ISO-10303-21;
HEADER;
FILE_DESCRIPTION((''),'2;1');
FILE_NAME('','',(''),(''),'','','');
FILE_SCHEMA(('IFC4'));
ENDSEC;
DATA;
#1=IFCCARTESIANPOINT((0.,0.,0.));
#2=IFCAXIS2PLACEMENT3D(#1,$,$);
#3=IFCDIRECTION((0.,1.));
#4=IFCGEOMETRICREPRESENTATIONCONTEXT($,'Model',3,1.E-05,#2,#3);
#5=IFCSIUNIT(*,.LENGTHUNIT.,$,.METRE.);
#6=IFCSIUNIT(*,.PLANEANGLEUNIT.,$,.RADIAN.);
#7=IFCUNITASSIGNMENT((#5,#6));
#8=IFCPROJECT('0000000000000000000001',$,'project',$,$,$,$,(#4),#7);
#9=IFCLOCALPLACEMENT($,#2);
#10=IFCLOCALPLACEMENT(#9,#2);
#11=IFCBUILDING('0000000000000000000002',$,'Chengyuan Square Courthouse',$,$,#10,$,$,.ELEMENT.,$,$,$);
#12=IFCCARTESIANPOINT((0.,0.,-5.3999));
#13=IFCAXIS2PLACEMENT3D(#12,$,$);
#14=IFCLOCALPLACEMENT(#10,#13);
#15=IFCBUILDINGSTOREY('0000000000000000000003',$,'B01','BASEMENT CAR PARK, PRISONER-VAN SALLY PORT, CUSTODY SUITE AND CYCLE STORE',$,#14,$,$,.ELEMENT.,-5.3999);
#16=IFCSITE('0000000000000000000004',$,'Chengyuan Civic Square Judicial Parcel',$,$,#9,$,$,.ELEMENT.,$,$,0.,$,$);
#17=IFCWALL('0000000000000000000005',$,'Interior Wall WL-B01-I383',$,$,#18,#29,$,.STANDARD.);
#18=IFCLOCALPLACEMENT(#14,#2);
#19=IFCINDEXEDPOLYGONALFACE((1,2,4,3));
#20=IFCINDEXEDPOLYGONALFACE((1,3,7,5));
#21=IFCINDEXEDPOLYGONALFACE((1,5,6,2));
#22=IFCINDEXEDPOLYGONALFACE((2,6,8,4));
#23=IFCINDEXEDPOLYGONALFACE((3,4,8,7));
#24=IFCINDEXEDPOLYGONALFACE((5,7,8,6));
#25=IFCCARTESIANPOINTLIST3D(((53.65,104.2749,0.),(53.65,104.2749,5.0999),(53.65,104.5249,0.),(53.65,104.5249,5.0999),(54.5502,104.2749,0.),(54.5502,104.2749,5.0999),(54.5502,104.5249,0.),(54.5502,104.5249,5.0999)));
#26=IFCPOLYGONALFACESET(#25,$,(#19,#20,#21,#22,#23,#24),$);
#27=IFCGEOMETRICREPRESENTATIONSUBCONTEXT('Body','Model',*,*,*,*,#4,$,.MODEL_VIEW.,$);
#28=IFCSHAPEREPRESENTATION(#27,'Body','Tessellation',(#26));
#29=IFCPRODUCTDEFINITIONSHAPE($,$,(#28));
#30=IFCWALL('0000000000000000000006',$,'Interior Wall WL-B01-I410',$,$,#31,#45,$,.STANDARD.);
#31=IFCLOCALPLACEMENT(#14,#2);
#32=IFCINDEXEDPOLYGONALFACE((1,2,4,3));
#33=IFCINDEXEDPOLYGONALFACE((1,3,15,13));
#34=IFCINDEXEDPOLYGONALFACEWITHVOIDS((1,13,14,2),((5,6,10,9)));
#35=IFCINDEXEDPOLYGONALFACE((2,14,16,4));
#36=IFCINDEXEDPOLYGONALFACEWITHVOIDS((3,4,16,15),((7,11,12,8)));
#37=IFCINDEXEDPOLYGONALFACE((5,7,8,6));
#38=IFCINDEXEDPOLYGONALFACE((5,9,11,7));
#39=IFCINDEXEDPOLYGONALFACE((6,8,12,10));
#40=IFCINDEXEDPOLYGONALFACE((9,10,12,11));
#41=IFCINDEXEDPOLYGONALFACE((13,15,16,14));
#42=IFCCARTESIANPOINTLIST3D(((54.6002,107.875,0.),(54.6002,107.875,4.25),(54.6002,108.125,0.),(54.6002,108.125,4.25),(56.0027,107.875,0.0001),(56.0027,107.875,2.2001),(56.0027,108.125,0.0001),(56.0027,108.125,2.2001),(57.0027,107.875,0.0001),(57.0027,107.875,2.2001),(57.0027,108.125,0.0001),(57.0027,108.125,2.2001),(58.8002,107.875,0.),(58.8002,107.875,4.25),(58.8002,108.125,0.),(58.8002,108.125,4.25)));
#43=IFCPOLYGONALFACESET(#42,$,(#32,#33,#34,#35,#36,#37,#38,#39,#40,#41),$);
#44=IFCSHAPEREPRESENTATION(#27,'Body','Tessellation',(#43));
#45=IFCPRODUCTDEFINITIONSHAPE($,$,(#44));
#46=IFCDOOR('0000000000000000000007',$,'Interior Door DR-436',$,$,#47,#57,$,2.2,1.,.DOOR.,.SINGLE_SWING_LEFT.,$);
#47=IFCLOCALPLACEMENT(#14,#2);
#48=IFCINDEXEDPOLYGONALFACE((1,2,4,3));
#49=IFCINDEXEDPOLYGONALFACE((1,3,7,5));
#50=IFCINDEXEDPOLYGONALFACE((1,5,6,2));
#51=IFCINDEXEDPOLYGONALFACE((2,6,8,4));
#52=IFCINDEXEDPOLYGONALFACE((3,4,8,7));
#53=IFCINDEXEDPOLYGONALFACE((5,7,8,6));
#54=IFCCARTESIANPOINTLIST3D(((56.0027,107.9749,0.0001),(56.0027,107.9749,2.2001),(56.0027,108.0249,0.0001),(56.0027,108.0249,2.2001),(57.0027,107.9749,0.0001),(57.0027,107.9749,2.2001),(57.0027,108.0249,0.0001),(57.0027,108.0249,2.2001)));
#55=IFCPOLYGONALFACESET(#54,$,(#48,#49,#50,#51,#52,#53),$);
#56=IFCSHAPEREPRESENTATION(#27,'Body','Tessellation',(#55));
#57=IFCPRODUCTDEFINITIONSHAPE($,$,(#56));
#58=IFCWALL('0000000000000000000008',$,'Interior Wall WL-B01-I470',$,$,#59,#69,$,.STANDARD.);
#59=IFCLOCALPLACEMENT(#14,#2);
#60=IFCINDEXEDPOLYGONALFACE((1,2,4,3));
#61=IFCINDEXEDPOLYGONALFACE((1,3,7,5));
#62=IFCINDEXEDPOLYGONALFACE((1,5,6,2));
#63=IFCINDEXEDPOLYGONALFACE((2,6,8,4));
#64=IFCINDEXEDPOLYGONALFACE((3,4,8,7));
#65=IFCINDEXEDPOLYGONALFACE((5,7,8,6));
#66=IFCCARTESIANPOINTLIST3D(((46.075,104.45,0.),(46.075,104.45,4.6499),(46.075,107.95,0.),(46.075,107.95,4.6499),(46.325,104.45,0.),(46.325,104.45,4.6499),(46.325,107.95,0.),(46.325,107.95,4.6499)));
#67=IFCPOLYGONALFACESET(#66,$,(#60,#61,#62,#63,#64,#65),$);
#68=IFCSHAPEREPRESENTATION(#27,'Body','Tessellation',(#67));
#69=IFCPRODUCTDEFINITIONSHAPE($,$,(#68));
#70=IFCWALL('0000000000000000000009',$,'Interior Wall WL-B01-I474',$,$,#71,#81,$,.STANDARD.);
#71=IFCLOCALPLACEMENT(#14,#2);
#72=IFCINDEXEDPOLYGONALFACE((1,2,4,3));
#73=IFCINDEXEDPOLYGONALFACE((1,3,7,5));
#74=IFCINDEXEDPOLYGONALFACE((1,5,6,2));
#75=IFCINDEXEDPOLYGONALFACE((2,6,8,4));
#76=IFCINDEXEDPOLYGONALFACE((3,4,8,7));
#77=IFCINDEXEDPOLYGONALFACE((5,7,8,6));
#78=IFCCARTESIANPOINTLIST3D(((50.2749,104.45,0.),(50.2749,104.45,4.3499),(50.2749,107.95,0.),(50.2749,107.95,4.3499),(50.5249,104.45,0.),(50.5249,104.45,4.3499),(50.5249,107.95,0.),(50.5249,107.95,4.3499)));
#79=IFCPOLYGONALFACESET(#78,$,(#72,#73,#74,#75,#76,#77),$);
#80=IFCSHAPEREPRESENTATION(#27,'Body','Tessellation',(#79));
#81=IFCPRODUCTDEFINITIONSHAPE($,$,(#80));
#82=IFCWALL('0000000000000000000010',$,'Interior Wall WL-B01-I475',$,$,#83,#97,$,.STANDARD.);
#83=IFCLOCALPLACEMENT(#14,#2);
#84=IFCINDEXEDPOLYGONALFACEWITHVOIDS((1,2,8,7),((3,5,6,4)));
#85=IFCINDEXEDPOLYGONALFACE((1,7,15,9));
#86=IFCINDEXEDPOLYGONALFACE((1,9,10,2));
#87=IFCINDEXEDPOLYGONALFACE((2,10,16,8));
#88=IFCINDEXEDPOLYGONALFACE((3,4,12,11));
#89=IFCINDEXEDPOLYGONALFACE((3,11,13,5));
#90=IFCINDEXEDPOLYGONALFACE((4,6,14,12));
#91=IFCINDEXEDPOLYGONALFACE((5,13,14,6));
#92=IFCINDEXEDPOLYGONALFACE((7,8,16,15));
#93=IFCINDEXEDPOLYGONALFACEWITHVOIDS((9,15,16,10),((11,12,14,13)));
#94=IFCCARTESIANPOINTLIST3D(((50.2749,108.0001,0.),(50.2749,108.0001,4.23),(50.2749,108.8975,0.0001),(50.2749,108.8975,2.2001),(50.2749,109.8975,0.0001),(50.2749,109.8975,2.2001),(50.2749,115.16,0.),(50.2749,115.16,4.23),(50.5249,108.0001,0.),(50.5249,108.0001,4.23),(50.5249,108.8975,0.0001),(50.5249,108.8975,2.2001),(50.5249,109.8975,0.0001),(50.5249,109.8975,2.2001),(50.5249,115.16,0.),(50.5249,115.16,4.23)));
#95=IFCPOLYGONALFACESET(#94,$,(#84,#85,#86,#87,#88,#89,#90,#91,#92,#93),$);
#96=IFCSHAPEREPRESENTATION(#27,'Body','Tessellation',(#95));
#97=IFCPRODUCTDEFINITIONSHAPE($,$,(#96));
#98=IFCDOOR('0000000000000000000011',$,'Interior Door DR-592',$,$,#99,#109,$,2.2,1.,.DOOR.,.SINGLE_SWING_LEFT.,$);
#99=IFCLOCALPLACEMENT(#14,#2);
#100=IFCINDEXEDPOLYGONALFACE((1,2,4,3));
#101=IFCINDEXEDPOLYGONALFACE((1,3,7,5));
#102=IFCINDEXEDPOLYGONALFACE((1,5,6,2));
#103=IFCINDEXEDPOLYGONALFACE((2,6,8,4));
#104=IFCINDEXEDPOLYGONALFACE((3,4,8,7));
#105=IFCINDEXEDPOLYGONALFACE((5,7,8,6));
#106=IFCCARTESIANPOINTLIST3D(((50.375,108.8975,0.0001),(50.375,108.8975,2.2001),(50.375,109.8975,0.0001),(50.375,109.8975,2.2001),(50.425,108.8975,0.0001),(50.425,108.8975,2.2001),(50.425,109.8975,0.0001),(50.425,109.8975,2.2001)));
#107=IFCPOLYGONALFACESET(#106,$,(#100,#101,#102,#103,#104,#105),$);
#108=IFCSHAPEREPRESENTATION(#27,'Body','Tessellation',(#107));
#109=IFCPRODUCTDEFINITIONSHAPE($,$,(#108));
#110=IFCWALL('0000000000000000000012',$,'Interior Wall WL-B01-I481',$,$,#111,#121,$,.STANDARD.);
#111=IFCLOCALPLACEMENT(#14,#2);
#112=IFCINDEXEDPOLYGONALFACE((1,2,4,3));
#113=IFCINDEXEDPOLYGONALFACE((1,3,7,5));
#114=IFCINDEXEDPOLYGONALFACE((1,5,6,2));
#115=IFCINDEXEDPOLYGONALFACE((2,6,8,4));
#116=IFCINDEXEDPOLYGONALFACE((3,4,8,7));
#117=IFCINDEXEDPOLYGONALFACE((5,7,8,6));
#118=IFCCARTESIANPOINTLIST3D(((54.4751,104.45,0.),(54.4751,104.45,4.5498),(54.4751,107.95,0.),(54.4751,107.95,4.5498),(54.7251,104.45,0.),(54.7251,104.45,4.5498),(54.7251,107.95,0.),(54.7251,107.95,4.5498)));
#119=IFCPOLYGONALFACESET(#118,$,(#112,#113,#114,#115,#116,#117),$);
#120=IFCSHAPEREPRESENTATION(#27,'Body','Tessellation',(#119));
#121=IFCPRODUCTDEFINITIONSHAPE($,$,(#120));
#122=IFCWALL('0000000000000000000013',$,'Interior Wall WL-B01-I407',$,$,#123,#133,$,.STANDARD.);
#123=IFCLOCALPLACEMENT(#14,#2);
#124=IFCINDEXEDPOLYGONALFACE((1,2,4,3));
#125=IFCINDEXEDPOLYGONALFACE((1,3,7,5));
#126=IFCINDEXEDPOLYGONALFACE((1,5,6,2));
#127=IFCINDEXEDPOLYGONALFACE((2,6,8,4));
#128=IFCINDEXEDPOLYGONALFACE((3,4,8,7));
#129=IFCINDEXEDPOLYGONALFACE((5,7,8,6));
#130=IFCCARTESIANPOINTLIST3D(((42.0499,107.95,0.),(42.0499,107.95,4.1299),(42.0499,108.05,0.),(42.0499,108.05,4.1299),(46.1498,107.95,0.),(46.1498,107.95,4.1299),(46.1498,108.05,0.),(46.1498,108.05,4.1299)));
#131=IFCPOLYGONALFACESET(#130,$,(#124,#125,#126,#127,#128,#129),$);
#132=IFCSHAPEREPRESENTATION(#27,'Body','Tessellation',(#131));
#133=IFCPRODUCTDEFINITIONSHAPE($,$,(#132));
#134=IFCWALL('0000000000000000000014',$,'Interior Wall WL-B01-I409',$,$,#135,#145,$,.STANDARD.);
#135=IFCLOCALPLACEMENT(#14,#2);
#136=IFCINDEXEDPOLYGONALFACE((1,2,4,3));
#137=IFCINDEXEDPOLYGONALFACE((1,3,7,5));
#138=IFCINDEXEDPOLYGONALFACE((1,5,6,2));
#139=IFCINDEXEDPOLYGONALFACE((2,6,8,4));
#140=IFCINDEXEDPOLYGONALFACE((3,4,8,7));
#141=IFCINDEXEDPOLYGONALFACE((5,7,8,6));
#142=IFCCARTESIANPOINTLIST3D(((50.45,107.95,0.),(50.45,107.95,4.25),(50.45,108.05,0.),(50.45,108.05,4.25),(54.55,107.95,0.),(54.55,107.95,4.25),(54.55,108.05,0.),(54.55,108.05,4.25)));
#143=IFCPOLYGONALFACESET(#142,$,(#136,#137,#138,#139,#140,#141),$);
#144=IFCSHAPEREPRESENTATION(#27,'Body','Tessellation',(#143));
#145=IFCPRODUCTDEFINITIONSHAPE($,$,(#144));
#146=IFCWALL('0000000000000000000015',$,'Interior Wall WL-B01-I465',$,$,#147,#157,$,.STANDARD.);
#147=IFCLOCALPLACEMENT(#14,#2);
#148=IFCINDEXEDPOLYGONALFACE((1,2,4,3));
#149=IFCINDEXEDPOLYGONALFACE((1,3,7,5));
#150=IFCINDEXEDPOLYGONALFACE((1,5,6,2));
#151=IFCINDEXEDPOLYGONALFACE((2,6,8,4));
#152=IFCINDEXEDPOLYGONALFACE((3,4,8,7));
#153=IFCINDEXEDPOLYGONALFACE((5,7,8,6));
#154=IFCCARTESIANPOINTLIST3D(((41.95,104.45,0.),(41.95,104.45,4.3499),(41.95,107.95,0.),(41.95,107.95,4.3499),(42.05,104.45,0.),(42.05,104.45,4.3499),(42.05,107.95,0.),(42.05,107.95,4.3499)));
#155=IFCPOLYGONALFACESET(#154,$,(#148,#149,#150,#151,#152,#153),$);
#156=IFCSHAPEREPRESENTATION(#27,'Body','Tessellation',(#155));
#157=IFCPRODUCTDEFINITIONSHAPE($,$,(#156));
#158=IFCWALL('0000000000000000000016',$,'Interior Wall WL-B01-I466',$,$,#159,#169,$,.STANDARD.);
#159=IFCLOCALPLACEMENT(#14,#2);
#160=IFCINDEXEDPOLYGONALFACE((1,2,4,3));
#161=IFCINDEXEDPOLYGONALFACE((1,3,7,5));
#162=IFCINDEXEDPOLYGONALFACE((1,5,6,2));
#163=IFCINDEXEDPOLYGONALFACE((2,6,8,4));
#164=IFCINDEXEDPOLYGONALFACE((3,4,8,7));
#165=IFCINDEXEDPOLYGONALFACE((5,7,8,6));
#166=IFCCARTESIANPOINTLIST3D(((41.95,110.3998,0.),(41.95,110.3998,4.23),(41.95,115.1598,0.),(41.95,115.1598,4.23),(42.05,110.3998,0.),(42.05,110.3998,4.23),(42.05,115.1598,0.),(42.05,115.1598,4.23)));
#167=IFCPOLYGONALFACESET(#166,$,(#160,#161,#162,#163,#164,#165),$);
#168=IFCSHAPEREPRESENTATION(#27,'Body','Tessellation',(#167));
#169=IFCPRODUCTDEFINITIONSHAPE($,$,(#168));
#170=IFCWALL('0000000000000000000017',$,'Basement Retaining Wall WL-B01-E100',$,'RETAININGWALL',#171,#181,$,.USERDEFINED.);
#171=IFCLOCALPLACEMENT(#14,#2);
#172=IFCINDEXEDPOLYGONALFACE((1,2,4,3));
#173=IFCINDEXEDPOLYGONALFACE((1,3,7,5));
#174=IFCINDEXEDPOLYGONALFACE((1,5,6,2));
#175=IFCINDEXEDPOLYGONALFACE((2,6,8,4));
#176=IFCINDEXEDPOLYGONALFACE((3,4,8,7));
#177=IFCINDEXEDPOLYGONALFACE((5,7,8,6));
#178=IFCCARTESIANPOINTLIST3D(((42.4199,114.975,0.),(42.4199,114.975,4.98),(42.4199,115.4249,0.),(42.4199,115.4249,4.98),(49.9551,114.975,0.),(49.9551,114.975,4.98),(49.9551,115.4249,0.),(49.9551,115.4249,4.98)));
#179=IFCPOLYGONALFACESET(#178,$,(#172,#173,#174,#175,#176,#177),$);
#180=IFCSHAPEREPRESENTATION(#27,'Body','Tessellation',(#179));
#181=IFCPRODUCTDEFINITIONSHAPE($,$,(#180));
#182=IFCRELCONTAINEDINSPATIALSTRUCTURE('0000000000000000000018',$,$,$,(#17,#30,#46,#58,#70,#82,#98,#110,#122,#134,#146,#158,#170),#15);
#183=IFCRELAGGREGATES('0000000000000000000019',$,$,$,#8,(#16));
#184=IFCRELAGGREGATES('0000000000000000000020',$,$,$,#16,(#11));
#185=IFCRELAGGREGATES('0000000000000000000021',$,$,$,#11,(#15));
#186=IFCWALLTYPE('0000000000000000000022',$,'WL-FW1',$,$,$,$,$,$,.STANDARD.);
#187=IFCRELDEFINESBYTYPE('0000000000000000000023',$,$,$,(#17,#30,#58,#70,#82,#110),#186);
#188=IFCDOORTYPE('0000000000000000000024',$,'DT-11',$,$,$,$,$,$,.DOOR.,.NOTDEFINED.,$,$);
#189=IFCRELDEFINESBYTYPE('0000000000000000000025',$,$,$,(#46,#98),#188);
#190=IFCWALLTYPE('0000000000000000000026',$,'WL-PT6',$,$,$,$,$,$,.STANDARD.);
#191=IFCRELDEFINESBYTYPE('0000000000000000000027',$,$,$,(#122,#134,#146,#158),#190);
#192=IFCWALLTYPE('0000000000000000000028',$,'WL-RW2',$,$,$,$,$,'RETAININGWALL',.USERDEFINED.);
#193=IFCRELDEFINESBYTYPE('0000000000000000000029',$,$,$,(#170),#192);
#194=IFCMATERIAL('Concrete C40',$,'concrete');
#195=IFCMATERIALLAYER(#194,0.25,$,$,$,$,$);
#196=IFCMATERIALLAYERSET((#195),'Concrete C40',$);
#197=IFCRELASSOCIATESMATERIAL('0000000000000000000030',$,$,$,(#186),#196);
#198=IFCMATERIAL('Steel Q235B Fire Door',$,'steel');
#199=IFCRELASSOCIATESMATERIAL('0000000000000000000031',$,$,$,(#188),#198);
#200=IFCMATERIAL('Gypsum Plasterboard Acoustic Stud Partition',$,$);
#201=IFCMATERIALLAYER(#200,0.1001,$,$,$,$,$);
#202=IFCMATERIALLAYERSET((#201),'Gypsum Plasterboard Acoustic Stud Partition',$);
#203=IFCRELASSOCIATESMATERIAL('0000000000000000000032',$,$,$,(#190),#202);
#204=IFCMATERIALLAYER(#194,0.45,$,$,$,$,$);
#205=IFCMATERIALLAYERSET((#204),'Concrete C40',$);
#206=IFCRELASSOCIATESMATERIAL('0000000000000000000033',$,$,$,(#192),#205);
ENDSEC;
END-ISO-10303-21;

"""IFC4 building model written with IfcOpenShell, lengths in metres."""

from ifc_helpers import new_model, si_unit, direction, frame, frame_2d, origin, place, context, subcontext, project, spatial, rectangle, extrude, material, layer, layer_set, type_object, element, fill, save


model = new_model("IFC4")

# Units and contexts
model_context = context("Model", 3, precision=1e-05, world=origin(), true_north=direction((0.0, 1.0)))
body_context = subcontext(model_context, "Body", "Model", "MODEL_VIEW")
ifc_project = project(units=[si_unit("LENGTHUNIT", "METRE"), si_unit("PLANEANGLEUNIT", "RADIAN")], contexts=[model_context])

# Site, building, storey
site_placement = place(None, origin())
site = spatial("IfcSite", under=ifc_project, at=site_placement, Name="Chengyuan Civic Square Judicial Parcel", CompositionType="ELEMENT", RefElevation=0.0)
building_placement = place(site_placement, origin())
building = spatial("IfcBuilding", under=site, at=building_placement, Name="Chengyuan Square Courthouse", CompositionType="ELEMENT")
storey_placement = place(building_placement, frame((0.0, 0.0, -5.3999)))
storey = spatial("IfcBuildingStorey", under=building, at=storey_placement, Name="B01", Description="BASEMENT CAR PARK, PRISONER-VAN SALLY PORT, CUSTODY SUITE AND CYCLE STORE", CompositionType="ELEMENT", Elevation=-5.3999)

# Shared definitions
ifc_material_1 = material(Name="Concrete C40", Category="concrete")

# Wall
ifc_layer_1 = layer(ifc_material_1, 0.25)
ifc_layer_set_1 = layer_set([ifc_layer_1], Name="Concrete C40")
wall_type_1 = type_object("IfcWallType", Name="WL-FW1", PredefinedType="STANDARD", material=ifc_layer_set_1)
wall_1_placement = place(storey_placement, frame((53.6499, 104.3999, 0.0), z_axis=(0.0, 0.0, 1.0), x_axis=(1.0, 0.0, 0.0)))
element("IfcWall", 1, at=wall_1_placement, inside=storey, type_object=wall_type_1, Name="Interior Wall WL-B01-I383", PredefinedType="STANDARD", context=body_context, shape_type="SweptSolid", body=[
    extrude(rectangle(XDim=0.9001, YDim=0.25, at=frame_2d((0.4502, 0.0))), origin(), (0.0, 0.0, 1.0), 5.0999),
])

# Wall, opening, door
ifc_material_2 = material(Name="Steel Q235B Fire Door", Category="steel")
wall_2_placement = place(storey_placement, frame((54.6001, 108.0, 0.0), z_axis=(0.0, 0.0, 1.0), x_axis=(1.0, 0.0, 0.0)))
wall_2 = element("IfcWall", 2, at=wall_2_placement, inside=storey, type_object=wall_type_1, Name="Interior Wall WL-B01-I410", PredefinedType="STANDARD", context=body_context, shape_type="SweptSolid", body=[
    extrude(rectangle(XDim=4.2, YDim=0.25, at=frame_2d((2.1001, 0.0))), origin(), (0.0, 0.0, 1.0), 4.25),
])
opening_1_placement = place(wall_2_placement, frame((1.4026, 0.0, 0.0)))
opening_1 = element("IfcOpeningElement", 3, at=opening_1_placement, cuts=wall_2, PredefinedType="OPENING", context=body_context, shape_type="SweptSolid", body=[
    extrude(rectangle(XDim=1.0, YDim=2.2, at=frame_2d((0.5, 1.1001))), frame((0.0, 0.137, 0.0), z_axis=(0.0, -1.0, 0.0), x_axis=(1.0, 0.0, 0.0)), (0.0, 0.0, 1.0), 0.2739),
])
door_type_1 = type_object("IfcDoorType", Name="DT-11", OperationType="NOTDEFINED", PredefinedType="DOOR", material=ifc_material_2)
door_1_placement = place(opening_1_placement, origin())
door_1 = element("IfcDoor", 4, at=door_1_placement, inside=storey, type_object=door_type_1, Name="Interior Door DR-436", OperationType="SINGLE_SWING_LEFT", OverallHeight=2.2, OverallWidth=1.0, PredefinedType="DOOR", context=body_context, shape_type="SweptSolid", body=[
    extrude(rectangle(XDim=1.0, YDim=2.2, at=frame_2d((0.5, 1.1001))), frame((0.0, 0.0249, 0.0), z_axis=(0.0, -1.0, 0.0), x_axis=(1.0, 0.0, 0.0)), (0.0, 0.0, 1.0), 0.05),
])
fill(opening_1, door_1)

# Walls
wall_3_placement = place(storey_placement, frame((46.2, 104.45, 0.0), z_axis=(0.0, 0.0, 1.0), x_axis=(0.0, 1.0, 0.0)))
element("IfcWall", 5, at=wall_3_placement, inside=storey, type_object=wall_type_1, Name="Interior Wall WL-B01-I470", PredefinedType="STANDARD", context=body_context, shape_type="SweptSolid", body=[
    extrude(rectangle(XDim=3.5, YDim=0.25, at=frame_2d((1.75, 0.0))), origin(), (0.0, 0.0, 1.0), 4.6499),
])
wall_4_placement = place(storey_placement, frame((50.3999, 104.45, 0.0), z_axis=(0.0, 0.0, 1.0), x_axis=(0.0, 1.0, 0.0)))
element("IfcWall", 6, at=wall_4_placement, inside=storey, type_object=wall_type_1, Name="Interior Wall WL-B01-I474", PredefinedType="STANDARD", context=body_context, shape_type="SweptSolid", body=[
    extrude(rectangle(XDim=3.5, YDim=0.25, at=frame_2d((1.75, 0.0))), origin(), (0.0, 0.0, 1.0), 4.3499),
])

# Wall, opening, door
wall_5_placement = place(storey_placement, frame((50.3999, 108.0, 0.0), z_axis=(0.0, 0.0, 1.0), x_axis=(0.0, 1.0, 0.0)))
wall_5 = element("IfcWall", 7, at=wall_5_placement, inside=storey, type_object=wall_type_1, Name="Interior Wall WL-B01-I475", PredefinedType="STANDARD", context=body_context, shape_type="SweptSolid", body=[
    extrude(rectangle(XDim=7.1599, YDim=0.25, at=frame_2d((3.5801, 0.0))), origin(), (0.0, 0.0, 1.0), 4.23),
])
opening_2_placement = place(wall_5_placement, frame((0.8975, 0.0, 0.0)))
opening_2 = element("IfcOpeningElement", 8, at=opening_2_placement, cuts=wall_5, PredefinedType="OPENING", context=body_context, shape_type="SweptSolid", body=[
    extrude(rectangle(XDim=1.0, YDim=2.2, at=frame_2d((0.5, 1.1001))), frame((0.0, 0.137, 0.0), z_axis=(0.0, -1.0, 0.0), x_axis=(1.0, 0.0, 0.0)), (0.0, 0.0, 1.0), 0.2739),
])
door_2_placement = place(opening_2_placement, origin())
door_2 = element("IfcDoor", 9, at=door_2_placement, inside=storey, type_object=door_type_1, Name="Interior Door DR-592", OperationType="SINGLE_SWING_LEFT", OverallHeight=2.2, OverallWidth=1.0, PredefinedType="DOOR", context=body_context, shape_type="SweptSolid", body=[
    extrude(rectangle(XDim=1.0, YDim=2.2, at=frame_2d((0.5, 1.1001))), frame((0.0, 0.0249, 0.0), z_axis=(0.0, -1.0, 0.0), x_axis=(1.0, 0.0, 0.0)), (0.0, 0.0, 1.0), 0.05),
])
fill(opening_2, door_2)

# Walls
wall_6_placement = place(storey_placement, frame((54.6001, 104.45, 0.0), z_axis=(0.0, 0.0, 1.0), x_axis=(0.0, 1.0, 0.0)))
element("IfcWall", 10, at=wall_6_placement, inside=storey, type_object=wall_type_1, Name="Interior Wall WL-B01-I481", PredefinedType="STANDARD", context=body_context, shape_type="SweptSolid", body=[
    extrude(rectangle(XDim=3.5, YDim=0.25, at=frame_2d((1.75, 0.0))), origin(), (0.0, 0.0, 1.0), 4.5498),
])
ifc_material_3 = material(Name="Gypsum Plasterboard Acoustic Stud Partition")
ifc_layer_2 = layer(ifc_material_3, 0.1001)
ifc_layer_set_2 = layer_set([ifc_layer_2], Name="Gypsum Plasterboard Acoustic Stud Partition")
wall_type_2 = type_object("IfcWallType", Name="WL-PT6", PredefinedType="STANDARD", material=ifc_layer_set_2)
wall_7_placement = place(storey_placement, frame((42.05, 108.0, 0.0), z_axis=(0.0, 0.0, 1.0), x_axis=(1.0, 0.0, 0.0)))
element("IfcWall", 11, at=wall_7_placement, inside=storey, type_object=wall_type_2, Name="Interior Wall WL-B01-I407", PredefinedType="STANDARD", context=body_context, shape_type="SweptSolid", body=[
    extrude(rectangle(XDim=4.0999, YDim=0.1001, at=frame_2d((2.0498, 0.0))), origin(), (0.0, 0.0, 1.0), 4.1299),
])
wall_8_placement = place(storey_placement, frame((50.45, 108.0, 0.0), z_axis=(0.0, 0.0, 1.0), x_axis=(1.0, 0.0, 0.0)))
element("IfcWall", 12, at=wall_8_placement, inside=storey, type_object=wall_type_2, Name="Interior Wall WL-B01-I409", PredefinedType="STANDARD", context=body_context, shape_type="SweptSolid", body=[
    extrude(rectangle(XDim=4.1001, YDim=0.1001, at=frame_2d((2.05, 0.0))), origin(), (0.0, 0.0, 1.0), 4.25),
])
wall_9_placement = place(storey_placement, frame((42.0, 104.45, 0.0), z_axis=(0.0, 0.0, 1.0), x_axis=(0.0, 1.0, 0.0)))
element("IfcWall", 13, at=wall_9_placement, inside=storey, type_object=wall_type_2, Name="Interior Wall WL-B01-I465", PredefinedType="STANDARD", context=body_context, shape_type="SweptSolid", body=[
    extrude(rectangle(XDim=3.5, YDim=0.1001, at=frame_2d((1.75, 0.0))), origin(), (0.0, 0.0, 1.0), 4.3499),
])
wall_10_placement = place(storey_placement, frame((42.0, 110.3999, 0.0), z_axis=(0.0, 0.0, 1.0), x_axis=(0.0, 1.0, 0.0)))
element("IfcWall", 14, at=wall_10_placement, inside=storey, type_object=wall_type_2, Name="Interior Wall WL-B01-I466", PredefinedType="STANDARD", context=body_context, shape_type="SweptSolid", body=[
    extrude(rectangle(XDim=4.76, YDim=0.1001, at=frame_2d((2.3799, 0.0))), origin(), (0.0, 0.0, 1.0), 4.23),
])
ifc_layer_3 = layer(ifc_material_1, 0.45)
ifc_layer_set_3 = layer_set([ifc_layer_3], Name="Concrete C40")
wall_type_3 = type_object("IfcWallType", Name="WL-RW2", ElementType="RETAININGWALL", PredefinedType="USERDEFINED", material=ifc_layer_set_3)
wall_11_placement = place(storey_placement, frame((42.4199, 115.2, 0.0), z_axis=(0.0, 0.0, 1.0), x_axis=(1.0, 0.0, 0.0)))
element("IfcWall", 15, at=wall_11_placement, inside=storey, type_object=wall_type_3, Name="Basement Retaining Wall WL-B01-E100", ObjectType="RETAININGWALL", PredefinedType="USERDEFINED", context=body_context, shape_type="SweptSolid", body=[
    extrude(rectangle(XDim=7.5352, YDim=0.45, at=frame_2d((3.7676, 0.0))), origin(), (0.0, 0.0, 1.0), 4.98),
])

save(model, "model.ifc")
